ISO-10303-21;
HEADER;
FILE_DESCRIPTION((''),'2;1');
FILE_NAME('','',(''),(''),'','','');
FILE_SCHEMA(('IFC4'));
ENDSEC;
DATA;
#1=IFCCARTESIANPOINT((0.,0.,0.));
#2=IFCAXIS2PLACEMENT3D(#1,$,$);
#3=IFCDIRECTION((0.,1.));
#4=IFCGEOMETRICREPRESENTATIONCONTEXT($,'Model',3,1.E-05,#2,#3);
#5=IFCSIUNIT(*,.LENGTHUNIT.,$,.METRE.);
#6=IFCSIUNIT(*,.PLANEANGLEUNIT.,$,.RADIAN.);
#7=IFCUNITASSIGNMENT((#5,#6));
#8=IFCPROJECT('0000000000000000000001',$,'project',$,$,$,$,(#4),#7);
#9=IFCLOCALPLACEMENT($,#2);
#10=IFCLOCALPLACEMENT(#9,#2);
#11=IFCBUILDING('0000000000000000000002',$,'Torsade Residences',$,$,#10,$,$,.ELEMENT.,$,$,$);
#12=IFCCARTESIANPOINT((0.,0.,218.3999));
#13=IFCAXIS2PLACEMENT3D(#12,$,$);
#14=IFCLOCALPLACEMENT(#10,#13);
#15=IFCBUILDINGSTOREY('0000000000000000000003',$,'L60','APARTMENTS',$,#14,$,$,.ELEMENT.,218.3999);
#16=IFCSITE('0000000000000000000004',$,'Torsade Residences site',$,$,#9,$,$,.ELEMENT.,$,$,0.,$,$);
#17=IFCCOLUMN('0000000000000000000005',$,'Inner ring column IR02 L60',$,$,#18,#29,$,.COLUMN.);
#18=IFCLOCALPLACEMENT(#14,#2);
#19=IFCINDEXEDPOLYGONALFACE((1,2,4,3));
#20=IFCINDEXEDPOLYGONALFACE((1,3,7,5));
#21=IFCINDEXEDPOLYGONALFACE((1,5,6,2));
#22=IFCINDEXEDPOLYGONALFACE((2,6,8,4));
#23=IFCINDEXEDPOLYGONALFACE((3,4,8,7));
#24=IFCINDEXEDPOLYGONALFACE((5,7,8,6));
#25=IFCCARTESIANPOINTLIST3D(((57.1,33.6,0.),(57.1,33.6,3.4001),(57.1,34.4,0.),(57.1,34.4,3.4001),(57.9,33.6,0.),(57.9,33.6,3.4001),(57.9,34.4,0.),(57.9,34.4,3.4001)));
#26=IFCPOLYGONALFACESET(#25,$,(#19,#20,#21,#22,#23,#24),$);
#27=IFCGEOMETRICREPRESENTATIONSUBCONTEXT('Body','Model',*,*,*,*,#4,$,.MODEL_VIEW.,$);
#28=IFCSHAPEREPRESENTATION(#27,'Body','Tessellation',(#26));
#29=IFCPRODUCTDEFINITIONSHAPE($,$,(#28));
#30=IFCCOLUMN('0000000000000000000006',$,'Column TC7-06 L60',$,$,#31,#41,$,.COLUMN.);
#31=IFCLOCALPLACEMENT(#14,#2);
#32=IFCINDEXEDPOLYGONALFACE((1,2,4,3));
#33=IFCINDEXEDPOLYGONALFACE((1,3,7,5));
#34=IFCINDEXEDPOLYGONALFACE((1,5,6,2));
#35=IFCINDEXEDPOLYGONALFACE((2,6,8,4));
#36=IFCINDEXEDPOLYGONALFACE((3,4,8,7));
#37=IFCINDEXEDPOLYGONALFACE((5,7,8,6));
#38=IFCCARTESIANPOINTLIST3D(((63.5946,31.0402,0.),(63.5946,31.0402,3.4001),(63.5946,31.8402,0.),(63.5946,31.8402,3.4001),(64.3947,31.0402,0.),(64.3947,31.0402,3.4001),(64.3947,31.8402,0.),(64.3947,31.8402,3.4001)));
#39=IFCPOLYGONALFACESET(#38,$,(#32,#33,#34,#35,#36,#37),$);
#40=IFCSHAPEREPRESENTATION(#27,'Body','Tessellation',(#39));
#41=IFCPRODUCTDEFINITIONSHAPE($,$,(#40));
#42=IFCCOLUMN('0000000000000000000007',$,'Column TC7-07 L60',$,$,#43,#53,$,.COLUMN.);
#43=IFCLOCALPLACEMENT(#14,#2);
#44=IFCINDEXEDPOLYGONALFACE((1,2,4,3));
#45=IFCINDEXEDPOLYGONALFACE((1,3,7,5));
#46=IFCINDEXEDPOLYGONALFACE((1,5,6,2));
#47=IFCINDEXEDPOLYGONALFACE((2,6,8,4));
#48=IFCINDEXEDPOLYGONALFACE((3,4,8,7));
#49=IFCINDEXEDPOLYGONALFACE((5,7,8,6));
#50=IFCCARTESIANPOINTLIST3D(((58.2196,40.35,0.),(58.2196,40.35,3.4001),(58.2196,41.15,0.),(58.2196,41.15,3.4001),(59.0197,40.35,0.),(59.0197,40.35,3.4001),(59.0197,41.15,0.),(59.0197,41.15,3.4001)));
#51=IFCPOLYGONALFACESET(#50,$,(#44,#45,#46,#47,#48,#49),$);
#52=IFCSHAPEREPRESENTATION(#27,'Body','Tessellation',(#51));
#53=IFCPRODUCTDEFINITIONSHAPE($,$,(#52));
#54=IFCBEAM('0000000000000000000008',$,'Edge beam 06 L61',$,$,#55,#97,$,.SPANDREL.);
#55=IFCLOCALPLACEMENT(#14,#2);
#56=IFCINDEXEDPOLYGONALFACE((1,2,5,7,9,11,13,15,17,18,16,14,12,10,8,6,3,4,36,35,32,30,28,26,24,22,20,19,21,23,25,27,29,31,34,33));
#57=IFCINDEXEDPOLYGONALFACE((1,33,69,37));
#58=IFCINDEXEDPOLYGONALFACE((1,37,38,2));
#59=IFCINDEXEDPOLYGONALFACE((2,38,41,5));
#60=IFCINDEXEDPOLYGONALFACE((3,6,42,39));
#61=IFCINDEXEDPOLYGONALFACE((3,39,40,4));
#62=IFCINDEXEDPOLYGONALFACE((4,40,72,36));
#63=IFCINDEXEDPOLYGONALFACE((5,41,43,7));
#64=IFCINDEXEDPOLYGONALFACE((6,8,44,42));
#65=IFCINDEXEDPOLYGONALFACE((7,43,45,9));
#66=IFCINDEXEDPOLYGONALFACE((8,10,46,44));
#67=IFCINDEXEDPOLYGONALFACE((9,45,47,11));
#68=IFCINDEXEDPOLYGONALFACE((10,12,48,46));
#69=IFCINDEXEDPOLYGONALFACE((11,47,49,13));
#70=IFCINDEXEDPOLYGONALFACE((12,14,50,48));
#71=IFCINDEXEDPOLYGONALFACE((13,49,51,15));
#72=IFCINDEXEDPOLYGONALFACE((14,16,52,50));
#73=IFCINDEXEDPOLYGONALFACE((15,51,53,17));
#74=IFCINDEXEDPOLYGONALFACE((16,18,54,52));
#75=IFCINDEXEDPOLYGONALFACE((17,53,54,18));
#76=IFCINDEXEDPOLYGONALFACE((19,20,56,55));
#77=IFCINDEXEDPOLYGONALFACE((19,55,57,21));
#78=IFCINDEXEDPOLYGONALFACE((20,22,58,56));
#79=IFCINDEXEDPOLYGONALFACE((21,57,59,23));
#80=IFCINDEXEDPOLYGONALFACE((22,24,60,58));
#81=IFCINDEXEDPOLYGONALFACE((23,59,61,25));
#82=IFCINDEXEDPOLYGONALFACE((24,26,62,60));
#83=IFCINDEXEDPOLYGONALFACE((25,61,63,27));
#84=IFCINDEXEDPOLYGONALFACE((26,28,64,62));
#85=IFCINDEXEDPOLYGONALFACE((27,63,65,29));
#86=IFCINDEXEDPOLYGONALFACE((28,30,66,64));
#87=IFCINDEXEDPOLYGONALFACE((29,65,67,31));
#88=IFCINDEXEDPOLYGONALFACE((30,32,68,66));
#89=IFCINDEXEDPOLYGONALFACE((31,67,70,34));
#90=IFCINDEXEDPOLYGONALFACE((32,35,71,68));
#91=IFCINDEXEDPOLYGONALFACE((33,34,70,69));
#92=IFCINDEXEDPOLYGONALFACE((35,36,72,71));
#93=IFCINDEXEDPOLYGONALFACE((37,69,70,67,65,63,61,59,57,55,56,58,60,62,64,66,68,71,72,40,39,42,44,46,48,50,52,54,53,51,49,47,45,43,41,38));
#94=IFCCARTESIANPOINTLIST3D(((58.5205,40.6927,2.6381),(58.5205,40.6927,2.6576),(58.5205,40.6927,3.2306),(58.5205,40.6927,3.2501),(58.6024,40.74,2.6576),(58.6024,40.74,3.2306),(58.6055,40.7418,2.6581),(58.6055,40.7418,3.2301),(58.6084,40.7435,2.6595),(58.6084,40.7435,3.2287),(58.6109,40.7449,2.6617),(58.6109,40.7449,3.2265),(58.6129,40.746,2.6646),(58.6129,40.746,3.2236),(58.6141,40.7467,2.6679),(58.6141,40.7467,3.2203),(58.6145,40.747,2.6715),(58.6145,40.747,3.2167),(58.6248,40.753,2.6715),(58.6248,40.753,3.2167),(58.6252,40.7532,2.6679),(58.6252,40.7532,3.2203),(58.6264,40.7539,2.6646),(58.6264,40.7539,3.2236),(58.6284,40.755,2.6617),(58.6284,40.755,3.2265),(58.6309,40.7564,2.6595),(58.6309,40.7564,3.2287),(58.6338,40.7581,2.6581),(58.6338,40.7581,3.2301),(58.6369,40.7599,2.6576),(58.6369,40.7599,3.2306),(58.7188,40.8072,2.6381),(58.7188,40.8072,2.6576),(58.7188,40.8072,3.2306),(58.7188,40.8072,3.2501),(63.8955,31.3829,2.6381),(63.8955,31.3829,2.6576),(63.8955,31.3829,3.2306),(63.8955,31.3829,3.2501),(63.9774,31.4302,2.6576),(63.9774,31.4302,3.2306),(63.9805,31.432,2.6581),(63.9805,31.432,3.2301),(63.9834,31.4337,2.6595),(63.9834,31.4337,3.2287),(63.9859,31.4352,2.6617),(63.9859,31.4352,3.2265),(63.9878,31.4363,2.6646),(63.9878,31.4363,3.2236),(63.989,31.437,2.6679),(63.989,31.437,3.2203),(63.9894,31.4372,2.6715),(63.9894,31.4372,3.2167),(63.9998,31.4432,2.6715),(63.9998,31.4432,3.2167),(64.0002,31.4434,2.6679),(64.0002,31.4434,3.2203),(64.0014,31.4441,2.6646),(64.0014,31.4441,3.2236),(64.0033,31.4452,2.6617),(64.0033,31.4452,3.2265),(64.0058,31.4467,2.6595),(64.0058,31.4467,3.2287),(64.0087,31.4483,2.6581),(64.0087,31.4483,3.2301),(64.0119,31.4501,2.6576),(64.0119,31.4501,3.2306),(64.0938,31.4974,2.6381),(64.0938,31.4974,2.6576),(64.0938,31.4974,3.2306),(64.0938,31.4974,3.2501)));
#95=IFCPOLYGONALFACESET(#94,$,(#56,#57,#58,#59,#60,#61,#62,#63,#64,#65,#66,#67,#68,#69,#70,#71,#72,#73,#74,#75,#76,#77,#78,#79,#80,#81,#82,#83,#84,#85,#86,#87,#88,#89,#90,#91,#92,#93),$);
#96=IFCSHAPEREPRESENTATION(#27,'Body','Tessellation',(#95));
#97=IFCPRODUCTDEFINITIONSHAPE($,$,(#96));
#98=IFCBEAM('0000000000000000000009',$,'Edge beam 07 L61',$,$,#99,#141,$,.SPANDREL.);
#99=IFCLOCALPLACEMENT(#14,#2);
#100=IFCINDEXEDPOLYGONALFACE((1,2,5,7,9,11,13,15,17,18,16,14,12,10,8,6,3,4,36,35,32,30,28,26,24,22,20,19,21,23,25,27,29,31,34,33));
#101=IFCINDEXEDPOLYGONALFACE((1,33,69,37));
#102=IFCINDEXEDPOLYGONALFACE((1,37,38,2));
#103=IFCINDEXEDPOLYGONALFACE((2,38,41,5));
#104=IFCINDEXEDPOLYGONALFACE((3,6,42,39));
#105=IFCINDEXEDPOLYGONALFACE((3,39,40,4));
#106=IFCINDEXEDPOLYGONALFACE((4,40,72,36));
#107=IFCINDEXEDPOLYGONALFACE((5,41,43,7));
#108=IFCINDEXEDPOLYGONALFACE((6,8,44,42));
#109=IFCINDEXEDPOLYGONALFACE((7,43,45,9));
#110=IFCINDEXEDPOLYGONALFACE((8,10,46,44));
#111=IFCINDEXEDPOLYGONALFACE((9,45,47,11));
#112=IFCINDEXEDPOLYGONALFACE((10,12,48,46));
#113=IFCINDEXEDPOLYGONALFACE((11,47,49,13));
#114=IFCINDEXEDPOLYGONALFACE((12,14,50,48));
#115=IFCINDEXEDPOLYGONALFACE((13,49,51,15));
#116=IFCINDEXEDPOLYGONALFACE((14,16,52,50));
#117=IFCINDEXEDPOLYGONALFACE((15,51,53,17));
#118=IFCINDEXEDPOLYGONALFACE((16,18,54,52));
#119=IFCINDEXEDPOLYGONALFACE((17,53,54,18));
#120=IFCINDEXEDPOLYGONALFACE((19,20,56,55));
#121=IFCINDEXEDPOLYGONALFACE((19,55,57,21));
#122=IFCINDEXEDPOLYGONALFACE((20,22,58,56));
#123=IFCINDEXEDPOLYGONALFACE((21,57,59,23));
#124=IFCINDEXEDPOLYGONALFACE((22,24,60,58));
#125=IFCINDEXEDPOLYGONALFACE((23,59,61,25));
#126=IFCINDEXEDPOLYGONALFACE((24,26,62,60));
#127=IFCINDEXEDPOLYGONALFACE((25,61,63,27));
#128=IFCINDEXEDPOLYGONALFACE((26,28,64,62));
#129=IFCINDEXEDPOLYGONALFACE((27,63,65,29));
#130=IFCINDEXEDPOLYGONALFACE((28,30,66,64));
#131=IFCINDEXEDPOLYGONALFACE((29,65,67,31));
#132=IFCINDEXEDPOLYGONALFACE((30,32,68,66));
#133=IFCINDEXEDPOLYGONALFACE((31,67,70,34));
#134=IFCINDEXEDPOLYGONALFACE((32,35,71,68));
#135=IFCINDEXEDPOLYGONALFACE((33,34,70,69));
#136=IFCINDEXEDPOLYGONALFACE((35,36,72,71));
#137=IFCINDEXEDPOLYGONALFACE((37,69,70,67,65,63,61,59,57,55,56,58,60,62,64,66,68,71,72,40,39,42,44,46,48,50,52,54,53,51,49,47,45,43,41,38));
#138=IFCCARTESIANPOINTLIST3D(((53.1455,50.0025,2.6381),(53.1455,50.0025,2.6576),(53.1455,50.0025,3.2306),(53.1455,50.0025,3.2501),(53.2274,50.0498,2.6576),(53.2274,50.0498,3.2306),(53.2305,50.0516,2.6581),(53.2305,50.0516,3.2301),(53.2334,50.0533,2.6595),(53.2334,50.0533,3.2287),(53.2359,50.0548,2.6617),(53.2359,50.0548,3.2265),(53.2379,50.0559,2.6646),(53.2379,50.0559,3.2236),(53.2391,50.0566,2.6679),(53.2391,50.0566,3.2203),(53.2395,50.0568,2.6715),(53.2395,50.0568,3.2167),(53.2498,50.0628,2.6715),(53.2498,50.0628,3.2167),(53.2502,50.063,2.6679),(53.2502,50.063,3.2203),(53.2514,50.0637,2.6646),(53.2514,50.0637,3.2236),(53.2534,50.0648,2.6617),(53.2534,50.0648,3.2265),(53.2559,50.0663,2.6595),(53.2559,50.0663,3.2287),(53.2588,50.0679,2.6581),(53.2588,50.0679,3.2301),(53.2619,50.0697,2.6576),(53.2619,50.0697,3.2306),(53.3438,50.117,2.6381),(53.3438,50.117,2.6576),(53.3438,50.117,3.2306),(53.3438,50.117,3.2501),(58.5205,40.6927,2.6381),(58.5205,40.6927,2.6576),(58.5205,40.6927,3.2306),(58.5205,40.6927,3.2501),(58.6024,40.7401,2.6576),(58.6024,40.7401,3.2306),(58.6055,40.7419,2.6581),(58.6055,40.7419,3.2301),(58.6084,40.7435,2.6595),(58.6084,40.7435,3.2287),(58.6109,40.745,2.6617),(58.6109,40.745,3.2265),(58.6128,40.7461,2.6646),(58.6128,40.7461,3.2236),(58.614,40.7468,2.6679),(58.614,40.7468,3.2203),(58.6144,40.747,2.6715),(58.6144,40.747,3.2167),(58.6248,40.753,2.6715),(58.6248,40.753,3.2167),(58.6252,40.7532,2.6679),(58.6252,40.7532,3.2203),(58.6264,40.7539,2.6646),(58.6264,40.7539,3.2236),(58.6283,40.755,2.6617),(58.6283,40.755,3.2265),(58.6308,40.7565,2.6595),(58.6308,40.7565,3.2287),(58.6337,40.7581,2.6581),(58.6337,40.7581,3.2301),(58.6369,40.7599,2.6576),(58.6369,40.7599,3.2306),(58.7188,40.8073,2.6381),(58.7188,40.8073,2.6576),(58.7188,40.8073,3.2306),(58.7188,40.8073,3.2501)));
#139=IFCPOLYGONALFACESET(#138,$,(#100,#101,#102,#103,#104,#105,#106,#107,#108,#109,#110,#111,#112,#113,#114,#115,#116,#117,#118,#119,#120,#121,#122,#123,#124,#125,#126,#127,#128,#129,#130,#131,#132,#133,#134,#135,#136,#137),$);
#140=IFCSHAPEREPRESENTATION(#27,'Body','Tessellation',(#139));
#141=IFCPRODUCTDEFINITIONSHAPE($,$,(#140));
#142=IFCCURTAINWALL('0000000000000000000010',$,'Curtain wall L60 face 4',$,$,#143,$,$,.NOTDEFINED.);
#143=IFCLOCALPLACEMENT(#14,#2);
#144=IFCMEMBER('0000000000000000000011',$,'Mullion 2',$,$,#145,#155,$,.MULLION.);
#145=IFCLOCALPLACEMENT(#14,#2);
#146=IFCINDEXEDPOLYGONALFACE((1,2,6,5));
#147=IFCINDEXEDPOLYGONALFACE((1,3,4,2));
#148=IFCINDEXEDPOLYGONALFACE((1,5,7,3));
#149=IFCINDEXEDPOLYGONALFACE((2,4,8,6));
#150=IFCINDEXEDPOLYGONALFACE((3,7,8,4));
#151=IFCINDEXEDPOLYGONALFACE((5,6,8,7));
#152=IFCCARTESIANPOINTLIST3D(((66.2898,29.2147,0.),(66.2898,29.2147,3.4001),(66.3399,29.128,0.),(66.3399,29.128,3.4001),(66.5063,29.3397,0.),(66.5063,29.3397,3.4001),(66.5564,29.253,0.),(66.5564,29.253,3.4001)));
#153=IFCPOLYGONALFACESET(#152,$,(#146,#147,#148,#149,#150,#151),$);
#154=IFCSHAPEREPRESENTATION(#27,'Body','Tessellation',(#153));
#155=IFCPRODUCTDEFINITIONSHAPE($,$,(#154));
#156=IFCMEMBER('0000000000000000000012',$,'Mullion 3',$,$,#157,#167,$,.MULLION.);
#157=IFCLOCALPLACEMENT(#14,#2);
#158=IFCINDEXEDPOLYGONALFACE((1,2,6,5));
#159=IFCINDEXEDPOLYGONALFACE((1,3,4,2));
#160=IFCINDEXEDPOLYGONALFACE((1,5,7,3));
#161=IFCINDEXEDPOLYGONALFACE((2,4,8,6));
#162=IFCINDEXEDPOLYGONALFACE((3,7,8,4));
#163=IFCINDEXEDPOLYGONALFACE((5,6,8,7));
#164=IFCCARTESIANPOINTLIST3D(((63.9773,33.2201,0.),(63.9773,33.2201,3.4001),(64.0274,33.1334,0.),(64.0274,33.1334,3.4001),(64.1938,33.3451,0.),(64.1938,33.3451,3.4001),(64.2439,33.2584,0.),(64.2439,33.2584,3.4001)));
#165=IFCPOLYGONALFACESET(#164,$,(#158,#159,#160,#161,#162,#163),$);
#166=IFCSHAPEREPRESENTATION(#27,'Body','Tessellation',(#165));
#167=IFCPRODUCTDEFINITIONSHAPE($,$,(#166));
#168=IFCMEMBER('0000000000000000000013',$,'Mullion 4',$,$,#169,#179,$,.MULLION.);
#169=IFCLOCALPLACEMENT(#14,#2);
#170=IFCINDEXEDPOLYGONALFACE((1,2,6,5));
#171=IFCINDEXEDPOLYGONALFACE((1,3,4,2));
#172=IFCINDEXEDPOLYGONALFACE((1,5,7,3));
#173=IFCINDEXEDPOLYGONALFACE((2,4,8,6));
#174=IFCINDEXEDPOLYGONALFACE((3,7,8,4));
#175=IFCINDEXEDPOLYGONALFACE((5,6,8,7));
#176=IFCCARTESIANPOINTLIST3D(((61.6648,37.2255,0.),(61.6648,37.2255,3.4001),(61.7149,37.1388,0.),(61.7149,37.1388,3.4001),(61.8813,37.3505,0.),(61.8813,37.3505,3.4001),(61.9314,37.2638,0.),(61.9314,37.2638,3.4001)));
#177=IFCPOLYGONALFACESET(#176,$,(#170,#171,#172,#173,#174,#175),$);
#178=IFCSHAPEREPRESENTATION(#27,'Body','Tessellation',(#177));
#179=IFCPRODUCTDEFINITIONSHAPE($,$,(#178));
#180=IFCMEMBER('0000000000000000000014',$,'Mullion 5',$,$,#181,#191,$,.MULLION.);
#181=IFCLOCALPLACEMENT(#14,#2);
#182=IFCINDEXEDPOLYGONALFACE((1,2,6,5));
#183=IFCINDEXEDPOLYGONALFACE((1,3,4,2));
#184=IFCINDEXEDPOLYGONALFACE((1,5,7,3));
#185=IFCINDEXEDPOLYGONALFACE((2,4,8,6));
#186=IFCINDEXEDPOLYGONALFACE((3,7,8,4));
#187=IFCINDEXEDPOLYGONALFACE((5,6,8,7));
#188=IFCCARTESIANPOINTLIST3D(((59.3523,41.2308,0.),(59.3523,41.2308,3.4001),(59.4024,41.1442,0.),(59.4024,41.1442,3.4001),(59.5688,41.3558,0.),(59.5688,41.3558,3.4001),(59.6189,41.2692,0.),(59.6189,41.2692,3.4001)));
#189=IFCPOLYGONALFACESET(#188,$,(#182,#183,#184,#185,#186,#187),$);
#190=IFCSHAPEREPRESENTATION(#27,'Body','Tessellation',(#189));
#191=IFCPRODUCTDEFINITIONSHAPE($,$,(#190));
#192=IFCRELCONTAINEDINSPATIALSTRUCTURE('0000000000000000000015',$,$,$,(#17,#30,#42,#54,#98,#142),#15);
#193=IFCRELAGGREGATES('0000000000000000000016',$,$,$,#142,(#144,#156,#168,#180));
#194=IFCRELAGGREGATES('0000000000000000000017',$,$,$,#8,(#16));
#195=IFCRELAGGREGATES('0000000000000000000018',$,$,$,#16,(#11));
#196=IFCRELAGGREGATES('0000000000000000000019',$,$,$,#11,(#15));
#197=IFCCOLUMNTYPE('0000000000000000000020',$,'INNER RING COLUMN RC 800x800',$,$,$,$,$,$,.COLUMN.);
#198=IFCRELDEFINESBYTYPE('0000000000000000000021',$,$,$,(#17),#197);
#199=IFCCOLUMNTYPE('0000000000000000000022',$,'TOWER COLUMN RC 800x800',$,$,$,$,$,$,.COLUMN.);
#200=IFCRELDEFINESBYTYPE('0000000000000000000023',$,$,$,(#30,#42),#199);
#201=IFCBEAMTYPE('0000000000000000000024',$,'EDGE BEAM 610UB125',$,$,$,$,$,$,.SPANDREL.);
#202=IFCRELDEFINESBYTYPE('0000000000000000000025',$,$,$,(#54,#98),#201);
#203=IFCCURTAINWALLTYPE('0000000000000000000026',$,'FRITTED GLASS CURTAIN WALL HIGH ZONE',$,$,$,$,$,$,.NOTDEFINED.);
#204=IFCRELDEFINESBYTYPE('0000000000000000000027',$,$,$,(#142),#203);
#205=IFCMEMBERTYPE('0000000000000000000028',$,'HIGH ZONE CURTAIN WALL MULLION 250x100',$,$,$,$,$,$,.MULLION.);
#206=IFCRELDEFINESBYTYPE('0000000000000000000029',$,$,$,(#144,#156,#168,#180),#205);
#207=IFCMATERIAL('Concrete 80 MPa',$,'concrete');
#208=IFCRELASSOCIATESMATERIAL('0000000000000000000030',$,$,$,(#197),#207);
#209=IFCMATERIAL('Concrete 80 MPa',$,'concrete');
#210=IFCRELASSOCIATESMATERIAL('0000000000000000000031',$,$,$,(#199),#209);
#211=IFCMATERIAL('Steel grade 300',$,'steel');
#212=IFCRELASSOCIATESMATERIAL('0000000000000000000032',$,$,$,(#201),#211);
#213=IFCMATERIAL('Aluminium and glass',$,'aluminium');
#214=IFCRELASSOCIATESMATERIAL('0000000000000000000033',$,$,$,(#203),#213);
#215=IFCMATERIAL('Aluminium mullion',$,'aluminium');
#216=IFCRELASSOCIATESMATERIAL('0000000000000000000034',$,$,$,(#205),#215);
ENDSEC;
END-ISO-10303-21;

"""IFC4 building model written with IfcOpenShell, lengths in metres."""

from ifc_helpers import new_model, si_unit, direction, frame, origin, origin_2d, place, context, subcontext, project, spatial, rectangle, i_section, extrude, material, material_profile, profile_set, type_object, element, aggregate, save


model = new_model("IFC4")

# Units and contexts
model_context = context("Model", 3, precision=1e-05, world=origin(), true_north=direction((0.0, 1.0)))
body_context = subcontext(model_context, "Body", "Model", "MODEL_VIEW")
ifc_project = project(units=[si_unit("LENGTHUNIT", "METRE"), si_unit("PLANEANGLEUNIT", "RADIAN")], contexts=[model_context])

# Site, building, storey
site_placement = place(None, origin())
site = spatial("IfcSite", under=ifc_project, at=site_placement, Name="Torsade Residences site", CompositionType="ELEMENT", RefElevation=0.0)
building_placement = place(site_placement, origin())
building = spatial("IfcBuilding", under=site, at=building_placement, Name="Torsade Residences", CompositionType="ELEMENT")
storey_placement = place(building_placement, frame((0.0, 0.0, 218.3999)))
storey = spatial("IfcBuildingStorey", under=building, at=storey_placement, Name="L60", Description="APARTMENTS", CompositionType="ELEMENT", Elevation=218.3999)

# Columns
ifc_material_1 = material(Name="Concrete 80 MPa", Category="concrete")
ifc_material_profile_1 = material_profile(ifc_material_1, rectangle(XDim=0.8, YDim=0.8, at=origin_2d()), Name="RC 800x800")
ifc_profile_set_1 = profile_set([ifc_material_profile_1], Name="Concrete 80 MPa")
column_type_1 = type_object("IfcColumnType", Name="INNER RING COLUMN RC 800x800", PredefinedType="COLUMN", material=ifc_profile_set_1)
column_placement = place(storey_placement, frame((57.5, 34.0, 0.0), z_axis=(0.0, 0.0, 1.0), x_axis=(1.0, 0.0, 0.0)))
element("IfcColumn", 1, at=column_placement, inside=storey, type_object=column_type_1, Name="Inner ring column IR02 L60", PredefinedType="COLUMN", context=body_context, shape_type="SweptSolid", body=[
    extrude(rectangle(XDim=0.8, YDim=0.8, at=origin_2d()), origin(), (0.0, 0.0, 1.0), 3.4001),
])
ifc_material_2 = material(Name="Concrete 80 MPa", Category="concrete")
ifc_material_profile_2 = material_profile(ifc_material_2, rectangle(XDim=0.8, YDim=0.8, at=origin_2d()), Name="RC 800x800")
ifc_profile_set_2 = profile_set([ifc_material_profile_2], Name="Concrete 80 MPa")
column_type_2 = type_object("IfcColumnType", Name="TOWER COLUMN RC 800x800", PredefinedType="COLUMN", material=ifc_profile_set_2)
for number, where, z_axis, x_axis, name in (
    (2, (63.9946, 31.4402, 0.0), (0.0, 0.0, 1.0), (1.0, 0.0, 0.0), "Column TC7-06 L60"),
    (3, (58.6196, 40.75, 0.0), (0.0, 0.0, 1.0), (1.0, 0.0, 0.0), "Column TC7-07 L60"),
):
    element("IfcColumn", number, at=place(storey_placement, frame(where, z_axis=z_axis, x_axis=x_axis)), inside=storey, type_object=column_type_2, Name=name, PredefinedType="COLUMN", context=body_context, shape_type="SweptSolid", body=[
        extrude(rectangle(XDim=0.8, YDim=0.8, at=origin_2d()), origin(), (0.0, 0.0, 1.0), 3.4001),
    ])

# Beams
ifc_material_3 = material(Name="Steel grade 300", Category="steel")
ifc_material_profile_3 = material_profile(ifc_material_3, i_section(OverallWidth=0.229, OverallDepth=0.6121, WebThickness=0.012, FlangeThickness=0.0195, FilletRadius=0.0139, at=origin_2d()), Name="610UB125")
ifc_profile_set_3 = profile_set([ifc_material_profile_3], Name="Steel grade 300")
beam_type_1 = type_object("IfcBeamType", Name="EDGE BEAM 610UB125", PredefinedType="SPANDREL", material=ifc_profile_set_3)
for number, where, z_axis, x_axis, name in (
    (4, (63.9946, 31.4402, 2.9441), (-0.499998, 0.866026, 0.0), (-0.866026, -0.499998, 0.0), "Edge beam 06 L61"),
    (5, (58.6196, 40.75, 2.9441), (-0.499998, 0.866026, 0.0), (-0.866026, -0.499998, 0.0), "Edge beam 07 L61"),
):
    element("IfcBeam", number, at=place(storey_placement, frame(where, z_axis=z_axis, x_axis=x_axis)), inside=storey, type_object=beam_type_1, Name=name, PredefinedType="SPANDREL", context=body_context, shape_type="SweptSolid", body=[
        extrude(i_section(OverallWidth=0.229, OverallDepth=0.6121, WebThickness=0.012, FlangeThickness=0.0195, FilletRadius=0.0139, at=origin_2d()), origin(), (0.0, 0.0, 1.0), 10.75),
    ])

# Curtain wall, members
ifc_material_4 = material(Name="Aluminium and glass", Category="aluminium")
curtain_wall_type = type_object("IfcCurtainWallType", Name="FRITTED GLASS CURTAIN WALL HIGH ZONE", PredefinedType="NOTDEFINED", material=ifc_material_4)
curtain_wall_placement = place(storey_placement, origin())
curtain_wall = element("IfcCurtainWall", 6, at=curtain_wall_placement, inside=storey, type_object=curtain_wall_type, Name="Curtain wall L60 face 4", PredefinedType="NOTDEFINED")
ifc_material_5 = material(Name="Aluminium mullion", Category="aluminium")
ifc_material_profile_4 = material_profile(ifc_material_5, rectangle(XDim=0.25, YDim=0.1001, at=origin_2d()), Name="HIGH ZONE CURTAIN WALL MULLION 250x100")
ifc_profile_set_4 = profile_set([ifc_material_profile_4], Name="Aluminium mullion")
member_type_1 = type_object("IfcMemberType", Name="HIGH ZONE CURTAIN WALL MULLION 250x100", PredefinedType="MULLION", material=ifc_profile_set_4)
member_1_placement = place(storey_placement, frame((66.4231, 29.2339, 0.0), z_axis=(0.0, 0.0, 1.0), x_axis=(-0.866025, -0.5, 0.0)))
member_1 = element("IfcMember", 7, at=member_1_placement, type_object=member_type_1, Name="Mullion 2", PredefinedType="MULLION", context=body_context, shape_type="SweptSolid", body=[
    extrude(rectangle(XDim=0.25, YDim=0.1001, at=origin_2d()), origin(), (0.0, 0.0, 1.0), 3.4001),
])
member_2_placement = place(storey_placement, frame((64.1106, 33.2393, 0.0), z_axis=(0.0, 0.0, 1.0), x_axis=(-0.866025, -0.5, 0.0)))
member_2 = element("IfcMember", 8, at=member_2_placement, type_object=member_type_1, Name="Mullion 3", PredefinedType="MULLION", context=body_context, shape_type="SweptSolid", body=[
    extrude(rectangle(XDim=0.25, YDim=0.1001, at=origin_2d()), origin(), (0.0, 0.0, 1.0), 3.4001),
])
member_3_placement = place(storey_placement, frame((61.7981, 37.2446, 0.0), z_axis=(0.0, 0.0, 1.0), x_axis=(-0.866025, -0.5, 0.0)))
member_3 = element("IfcMember", 9, at=member_3_placement, type_object=member_type_1, Name="Mullion 4", PredefinedType="MULLION", context=body_context, shape_type="SweptSolid", body=[
    extrude(rectangle(XDim=0.25, YDim=0.1001, at=origin_2d()), origin(), (0.0, 0.0, 1.0), 3.4001),
])
member_4_placement = place(storey_placement, frame((59.4856, 41.25, 0.0), z_axis=(0.0, 0.0, 1.0), x_axis=(-0.866025, -0.5, 0.0)))
member_4 = element("IfcMember", 10, at=member_4_placement, type_object=member_type_1, Name="Mullion 5", PredefinedType="MULLION", context=body_context, shape_type="SweptSolid", body=[
    extrude(rectangle(XDim=0.25, YDim=0.1001, at=origin_2d()), origin(), (0.0, 0.0, 1.0), 3.4001),
])

aggregate(curtain_wall, [member_1, member_2, member_3, member_4])

save(model, "model.ifc")
